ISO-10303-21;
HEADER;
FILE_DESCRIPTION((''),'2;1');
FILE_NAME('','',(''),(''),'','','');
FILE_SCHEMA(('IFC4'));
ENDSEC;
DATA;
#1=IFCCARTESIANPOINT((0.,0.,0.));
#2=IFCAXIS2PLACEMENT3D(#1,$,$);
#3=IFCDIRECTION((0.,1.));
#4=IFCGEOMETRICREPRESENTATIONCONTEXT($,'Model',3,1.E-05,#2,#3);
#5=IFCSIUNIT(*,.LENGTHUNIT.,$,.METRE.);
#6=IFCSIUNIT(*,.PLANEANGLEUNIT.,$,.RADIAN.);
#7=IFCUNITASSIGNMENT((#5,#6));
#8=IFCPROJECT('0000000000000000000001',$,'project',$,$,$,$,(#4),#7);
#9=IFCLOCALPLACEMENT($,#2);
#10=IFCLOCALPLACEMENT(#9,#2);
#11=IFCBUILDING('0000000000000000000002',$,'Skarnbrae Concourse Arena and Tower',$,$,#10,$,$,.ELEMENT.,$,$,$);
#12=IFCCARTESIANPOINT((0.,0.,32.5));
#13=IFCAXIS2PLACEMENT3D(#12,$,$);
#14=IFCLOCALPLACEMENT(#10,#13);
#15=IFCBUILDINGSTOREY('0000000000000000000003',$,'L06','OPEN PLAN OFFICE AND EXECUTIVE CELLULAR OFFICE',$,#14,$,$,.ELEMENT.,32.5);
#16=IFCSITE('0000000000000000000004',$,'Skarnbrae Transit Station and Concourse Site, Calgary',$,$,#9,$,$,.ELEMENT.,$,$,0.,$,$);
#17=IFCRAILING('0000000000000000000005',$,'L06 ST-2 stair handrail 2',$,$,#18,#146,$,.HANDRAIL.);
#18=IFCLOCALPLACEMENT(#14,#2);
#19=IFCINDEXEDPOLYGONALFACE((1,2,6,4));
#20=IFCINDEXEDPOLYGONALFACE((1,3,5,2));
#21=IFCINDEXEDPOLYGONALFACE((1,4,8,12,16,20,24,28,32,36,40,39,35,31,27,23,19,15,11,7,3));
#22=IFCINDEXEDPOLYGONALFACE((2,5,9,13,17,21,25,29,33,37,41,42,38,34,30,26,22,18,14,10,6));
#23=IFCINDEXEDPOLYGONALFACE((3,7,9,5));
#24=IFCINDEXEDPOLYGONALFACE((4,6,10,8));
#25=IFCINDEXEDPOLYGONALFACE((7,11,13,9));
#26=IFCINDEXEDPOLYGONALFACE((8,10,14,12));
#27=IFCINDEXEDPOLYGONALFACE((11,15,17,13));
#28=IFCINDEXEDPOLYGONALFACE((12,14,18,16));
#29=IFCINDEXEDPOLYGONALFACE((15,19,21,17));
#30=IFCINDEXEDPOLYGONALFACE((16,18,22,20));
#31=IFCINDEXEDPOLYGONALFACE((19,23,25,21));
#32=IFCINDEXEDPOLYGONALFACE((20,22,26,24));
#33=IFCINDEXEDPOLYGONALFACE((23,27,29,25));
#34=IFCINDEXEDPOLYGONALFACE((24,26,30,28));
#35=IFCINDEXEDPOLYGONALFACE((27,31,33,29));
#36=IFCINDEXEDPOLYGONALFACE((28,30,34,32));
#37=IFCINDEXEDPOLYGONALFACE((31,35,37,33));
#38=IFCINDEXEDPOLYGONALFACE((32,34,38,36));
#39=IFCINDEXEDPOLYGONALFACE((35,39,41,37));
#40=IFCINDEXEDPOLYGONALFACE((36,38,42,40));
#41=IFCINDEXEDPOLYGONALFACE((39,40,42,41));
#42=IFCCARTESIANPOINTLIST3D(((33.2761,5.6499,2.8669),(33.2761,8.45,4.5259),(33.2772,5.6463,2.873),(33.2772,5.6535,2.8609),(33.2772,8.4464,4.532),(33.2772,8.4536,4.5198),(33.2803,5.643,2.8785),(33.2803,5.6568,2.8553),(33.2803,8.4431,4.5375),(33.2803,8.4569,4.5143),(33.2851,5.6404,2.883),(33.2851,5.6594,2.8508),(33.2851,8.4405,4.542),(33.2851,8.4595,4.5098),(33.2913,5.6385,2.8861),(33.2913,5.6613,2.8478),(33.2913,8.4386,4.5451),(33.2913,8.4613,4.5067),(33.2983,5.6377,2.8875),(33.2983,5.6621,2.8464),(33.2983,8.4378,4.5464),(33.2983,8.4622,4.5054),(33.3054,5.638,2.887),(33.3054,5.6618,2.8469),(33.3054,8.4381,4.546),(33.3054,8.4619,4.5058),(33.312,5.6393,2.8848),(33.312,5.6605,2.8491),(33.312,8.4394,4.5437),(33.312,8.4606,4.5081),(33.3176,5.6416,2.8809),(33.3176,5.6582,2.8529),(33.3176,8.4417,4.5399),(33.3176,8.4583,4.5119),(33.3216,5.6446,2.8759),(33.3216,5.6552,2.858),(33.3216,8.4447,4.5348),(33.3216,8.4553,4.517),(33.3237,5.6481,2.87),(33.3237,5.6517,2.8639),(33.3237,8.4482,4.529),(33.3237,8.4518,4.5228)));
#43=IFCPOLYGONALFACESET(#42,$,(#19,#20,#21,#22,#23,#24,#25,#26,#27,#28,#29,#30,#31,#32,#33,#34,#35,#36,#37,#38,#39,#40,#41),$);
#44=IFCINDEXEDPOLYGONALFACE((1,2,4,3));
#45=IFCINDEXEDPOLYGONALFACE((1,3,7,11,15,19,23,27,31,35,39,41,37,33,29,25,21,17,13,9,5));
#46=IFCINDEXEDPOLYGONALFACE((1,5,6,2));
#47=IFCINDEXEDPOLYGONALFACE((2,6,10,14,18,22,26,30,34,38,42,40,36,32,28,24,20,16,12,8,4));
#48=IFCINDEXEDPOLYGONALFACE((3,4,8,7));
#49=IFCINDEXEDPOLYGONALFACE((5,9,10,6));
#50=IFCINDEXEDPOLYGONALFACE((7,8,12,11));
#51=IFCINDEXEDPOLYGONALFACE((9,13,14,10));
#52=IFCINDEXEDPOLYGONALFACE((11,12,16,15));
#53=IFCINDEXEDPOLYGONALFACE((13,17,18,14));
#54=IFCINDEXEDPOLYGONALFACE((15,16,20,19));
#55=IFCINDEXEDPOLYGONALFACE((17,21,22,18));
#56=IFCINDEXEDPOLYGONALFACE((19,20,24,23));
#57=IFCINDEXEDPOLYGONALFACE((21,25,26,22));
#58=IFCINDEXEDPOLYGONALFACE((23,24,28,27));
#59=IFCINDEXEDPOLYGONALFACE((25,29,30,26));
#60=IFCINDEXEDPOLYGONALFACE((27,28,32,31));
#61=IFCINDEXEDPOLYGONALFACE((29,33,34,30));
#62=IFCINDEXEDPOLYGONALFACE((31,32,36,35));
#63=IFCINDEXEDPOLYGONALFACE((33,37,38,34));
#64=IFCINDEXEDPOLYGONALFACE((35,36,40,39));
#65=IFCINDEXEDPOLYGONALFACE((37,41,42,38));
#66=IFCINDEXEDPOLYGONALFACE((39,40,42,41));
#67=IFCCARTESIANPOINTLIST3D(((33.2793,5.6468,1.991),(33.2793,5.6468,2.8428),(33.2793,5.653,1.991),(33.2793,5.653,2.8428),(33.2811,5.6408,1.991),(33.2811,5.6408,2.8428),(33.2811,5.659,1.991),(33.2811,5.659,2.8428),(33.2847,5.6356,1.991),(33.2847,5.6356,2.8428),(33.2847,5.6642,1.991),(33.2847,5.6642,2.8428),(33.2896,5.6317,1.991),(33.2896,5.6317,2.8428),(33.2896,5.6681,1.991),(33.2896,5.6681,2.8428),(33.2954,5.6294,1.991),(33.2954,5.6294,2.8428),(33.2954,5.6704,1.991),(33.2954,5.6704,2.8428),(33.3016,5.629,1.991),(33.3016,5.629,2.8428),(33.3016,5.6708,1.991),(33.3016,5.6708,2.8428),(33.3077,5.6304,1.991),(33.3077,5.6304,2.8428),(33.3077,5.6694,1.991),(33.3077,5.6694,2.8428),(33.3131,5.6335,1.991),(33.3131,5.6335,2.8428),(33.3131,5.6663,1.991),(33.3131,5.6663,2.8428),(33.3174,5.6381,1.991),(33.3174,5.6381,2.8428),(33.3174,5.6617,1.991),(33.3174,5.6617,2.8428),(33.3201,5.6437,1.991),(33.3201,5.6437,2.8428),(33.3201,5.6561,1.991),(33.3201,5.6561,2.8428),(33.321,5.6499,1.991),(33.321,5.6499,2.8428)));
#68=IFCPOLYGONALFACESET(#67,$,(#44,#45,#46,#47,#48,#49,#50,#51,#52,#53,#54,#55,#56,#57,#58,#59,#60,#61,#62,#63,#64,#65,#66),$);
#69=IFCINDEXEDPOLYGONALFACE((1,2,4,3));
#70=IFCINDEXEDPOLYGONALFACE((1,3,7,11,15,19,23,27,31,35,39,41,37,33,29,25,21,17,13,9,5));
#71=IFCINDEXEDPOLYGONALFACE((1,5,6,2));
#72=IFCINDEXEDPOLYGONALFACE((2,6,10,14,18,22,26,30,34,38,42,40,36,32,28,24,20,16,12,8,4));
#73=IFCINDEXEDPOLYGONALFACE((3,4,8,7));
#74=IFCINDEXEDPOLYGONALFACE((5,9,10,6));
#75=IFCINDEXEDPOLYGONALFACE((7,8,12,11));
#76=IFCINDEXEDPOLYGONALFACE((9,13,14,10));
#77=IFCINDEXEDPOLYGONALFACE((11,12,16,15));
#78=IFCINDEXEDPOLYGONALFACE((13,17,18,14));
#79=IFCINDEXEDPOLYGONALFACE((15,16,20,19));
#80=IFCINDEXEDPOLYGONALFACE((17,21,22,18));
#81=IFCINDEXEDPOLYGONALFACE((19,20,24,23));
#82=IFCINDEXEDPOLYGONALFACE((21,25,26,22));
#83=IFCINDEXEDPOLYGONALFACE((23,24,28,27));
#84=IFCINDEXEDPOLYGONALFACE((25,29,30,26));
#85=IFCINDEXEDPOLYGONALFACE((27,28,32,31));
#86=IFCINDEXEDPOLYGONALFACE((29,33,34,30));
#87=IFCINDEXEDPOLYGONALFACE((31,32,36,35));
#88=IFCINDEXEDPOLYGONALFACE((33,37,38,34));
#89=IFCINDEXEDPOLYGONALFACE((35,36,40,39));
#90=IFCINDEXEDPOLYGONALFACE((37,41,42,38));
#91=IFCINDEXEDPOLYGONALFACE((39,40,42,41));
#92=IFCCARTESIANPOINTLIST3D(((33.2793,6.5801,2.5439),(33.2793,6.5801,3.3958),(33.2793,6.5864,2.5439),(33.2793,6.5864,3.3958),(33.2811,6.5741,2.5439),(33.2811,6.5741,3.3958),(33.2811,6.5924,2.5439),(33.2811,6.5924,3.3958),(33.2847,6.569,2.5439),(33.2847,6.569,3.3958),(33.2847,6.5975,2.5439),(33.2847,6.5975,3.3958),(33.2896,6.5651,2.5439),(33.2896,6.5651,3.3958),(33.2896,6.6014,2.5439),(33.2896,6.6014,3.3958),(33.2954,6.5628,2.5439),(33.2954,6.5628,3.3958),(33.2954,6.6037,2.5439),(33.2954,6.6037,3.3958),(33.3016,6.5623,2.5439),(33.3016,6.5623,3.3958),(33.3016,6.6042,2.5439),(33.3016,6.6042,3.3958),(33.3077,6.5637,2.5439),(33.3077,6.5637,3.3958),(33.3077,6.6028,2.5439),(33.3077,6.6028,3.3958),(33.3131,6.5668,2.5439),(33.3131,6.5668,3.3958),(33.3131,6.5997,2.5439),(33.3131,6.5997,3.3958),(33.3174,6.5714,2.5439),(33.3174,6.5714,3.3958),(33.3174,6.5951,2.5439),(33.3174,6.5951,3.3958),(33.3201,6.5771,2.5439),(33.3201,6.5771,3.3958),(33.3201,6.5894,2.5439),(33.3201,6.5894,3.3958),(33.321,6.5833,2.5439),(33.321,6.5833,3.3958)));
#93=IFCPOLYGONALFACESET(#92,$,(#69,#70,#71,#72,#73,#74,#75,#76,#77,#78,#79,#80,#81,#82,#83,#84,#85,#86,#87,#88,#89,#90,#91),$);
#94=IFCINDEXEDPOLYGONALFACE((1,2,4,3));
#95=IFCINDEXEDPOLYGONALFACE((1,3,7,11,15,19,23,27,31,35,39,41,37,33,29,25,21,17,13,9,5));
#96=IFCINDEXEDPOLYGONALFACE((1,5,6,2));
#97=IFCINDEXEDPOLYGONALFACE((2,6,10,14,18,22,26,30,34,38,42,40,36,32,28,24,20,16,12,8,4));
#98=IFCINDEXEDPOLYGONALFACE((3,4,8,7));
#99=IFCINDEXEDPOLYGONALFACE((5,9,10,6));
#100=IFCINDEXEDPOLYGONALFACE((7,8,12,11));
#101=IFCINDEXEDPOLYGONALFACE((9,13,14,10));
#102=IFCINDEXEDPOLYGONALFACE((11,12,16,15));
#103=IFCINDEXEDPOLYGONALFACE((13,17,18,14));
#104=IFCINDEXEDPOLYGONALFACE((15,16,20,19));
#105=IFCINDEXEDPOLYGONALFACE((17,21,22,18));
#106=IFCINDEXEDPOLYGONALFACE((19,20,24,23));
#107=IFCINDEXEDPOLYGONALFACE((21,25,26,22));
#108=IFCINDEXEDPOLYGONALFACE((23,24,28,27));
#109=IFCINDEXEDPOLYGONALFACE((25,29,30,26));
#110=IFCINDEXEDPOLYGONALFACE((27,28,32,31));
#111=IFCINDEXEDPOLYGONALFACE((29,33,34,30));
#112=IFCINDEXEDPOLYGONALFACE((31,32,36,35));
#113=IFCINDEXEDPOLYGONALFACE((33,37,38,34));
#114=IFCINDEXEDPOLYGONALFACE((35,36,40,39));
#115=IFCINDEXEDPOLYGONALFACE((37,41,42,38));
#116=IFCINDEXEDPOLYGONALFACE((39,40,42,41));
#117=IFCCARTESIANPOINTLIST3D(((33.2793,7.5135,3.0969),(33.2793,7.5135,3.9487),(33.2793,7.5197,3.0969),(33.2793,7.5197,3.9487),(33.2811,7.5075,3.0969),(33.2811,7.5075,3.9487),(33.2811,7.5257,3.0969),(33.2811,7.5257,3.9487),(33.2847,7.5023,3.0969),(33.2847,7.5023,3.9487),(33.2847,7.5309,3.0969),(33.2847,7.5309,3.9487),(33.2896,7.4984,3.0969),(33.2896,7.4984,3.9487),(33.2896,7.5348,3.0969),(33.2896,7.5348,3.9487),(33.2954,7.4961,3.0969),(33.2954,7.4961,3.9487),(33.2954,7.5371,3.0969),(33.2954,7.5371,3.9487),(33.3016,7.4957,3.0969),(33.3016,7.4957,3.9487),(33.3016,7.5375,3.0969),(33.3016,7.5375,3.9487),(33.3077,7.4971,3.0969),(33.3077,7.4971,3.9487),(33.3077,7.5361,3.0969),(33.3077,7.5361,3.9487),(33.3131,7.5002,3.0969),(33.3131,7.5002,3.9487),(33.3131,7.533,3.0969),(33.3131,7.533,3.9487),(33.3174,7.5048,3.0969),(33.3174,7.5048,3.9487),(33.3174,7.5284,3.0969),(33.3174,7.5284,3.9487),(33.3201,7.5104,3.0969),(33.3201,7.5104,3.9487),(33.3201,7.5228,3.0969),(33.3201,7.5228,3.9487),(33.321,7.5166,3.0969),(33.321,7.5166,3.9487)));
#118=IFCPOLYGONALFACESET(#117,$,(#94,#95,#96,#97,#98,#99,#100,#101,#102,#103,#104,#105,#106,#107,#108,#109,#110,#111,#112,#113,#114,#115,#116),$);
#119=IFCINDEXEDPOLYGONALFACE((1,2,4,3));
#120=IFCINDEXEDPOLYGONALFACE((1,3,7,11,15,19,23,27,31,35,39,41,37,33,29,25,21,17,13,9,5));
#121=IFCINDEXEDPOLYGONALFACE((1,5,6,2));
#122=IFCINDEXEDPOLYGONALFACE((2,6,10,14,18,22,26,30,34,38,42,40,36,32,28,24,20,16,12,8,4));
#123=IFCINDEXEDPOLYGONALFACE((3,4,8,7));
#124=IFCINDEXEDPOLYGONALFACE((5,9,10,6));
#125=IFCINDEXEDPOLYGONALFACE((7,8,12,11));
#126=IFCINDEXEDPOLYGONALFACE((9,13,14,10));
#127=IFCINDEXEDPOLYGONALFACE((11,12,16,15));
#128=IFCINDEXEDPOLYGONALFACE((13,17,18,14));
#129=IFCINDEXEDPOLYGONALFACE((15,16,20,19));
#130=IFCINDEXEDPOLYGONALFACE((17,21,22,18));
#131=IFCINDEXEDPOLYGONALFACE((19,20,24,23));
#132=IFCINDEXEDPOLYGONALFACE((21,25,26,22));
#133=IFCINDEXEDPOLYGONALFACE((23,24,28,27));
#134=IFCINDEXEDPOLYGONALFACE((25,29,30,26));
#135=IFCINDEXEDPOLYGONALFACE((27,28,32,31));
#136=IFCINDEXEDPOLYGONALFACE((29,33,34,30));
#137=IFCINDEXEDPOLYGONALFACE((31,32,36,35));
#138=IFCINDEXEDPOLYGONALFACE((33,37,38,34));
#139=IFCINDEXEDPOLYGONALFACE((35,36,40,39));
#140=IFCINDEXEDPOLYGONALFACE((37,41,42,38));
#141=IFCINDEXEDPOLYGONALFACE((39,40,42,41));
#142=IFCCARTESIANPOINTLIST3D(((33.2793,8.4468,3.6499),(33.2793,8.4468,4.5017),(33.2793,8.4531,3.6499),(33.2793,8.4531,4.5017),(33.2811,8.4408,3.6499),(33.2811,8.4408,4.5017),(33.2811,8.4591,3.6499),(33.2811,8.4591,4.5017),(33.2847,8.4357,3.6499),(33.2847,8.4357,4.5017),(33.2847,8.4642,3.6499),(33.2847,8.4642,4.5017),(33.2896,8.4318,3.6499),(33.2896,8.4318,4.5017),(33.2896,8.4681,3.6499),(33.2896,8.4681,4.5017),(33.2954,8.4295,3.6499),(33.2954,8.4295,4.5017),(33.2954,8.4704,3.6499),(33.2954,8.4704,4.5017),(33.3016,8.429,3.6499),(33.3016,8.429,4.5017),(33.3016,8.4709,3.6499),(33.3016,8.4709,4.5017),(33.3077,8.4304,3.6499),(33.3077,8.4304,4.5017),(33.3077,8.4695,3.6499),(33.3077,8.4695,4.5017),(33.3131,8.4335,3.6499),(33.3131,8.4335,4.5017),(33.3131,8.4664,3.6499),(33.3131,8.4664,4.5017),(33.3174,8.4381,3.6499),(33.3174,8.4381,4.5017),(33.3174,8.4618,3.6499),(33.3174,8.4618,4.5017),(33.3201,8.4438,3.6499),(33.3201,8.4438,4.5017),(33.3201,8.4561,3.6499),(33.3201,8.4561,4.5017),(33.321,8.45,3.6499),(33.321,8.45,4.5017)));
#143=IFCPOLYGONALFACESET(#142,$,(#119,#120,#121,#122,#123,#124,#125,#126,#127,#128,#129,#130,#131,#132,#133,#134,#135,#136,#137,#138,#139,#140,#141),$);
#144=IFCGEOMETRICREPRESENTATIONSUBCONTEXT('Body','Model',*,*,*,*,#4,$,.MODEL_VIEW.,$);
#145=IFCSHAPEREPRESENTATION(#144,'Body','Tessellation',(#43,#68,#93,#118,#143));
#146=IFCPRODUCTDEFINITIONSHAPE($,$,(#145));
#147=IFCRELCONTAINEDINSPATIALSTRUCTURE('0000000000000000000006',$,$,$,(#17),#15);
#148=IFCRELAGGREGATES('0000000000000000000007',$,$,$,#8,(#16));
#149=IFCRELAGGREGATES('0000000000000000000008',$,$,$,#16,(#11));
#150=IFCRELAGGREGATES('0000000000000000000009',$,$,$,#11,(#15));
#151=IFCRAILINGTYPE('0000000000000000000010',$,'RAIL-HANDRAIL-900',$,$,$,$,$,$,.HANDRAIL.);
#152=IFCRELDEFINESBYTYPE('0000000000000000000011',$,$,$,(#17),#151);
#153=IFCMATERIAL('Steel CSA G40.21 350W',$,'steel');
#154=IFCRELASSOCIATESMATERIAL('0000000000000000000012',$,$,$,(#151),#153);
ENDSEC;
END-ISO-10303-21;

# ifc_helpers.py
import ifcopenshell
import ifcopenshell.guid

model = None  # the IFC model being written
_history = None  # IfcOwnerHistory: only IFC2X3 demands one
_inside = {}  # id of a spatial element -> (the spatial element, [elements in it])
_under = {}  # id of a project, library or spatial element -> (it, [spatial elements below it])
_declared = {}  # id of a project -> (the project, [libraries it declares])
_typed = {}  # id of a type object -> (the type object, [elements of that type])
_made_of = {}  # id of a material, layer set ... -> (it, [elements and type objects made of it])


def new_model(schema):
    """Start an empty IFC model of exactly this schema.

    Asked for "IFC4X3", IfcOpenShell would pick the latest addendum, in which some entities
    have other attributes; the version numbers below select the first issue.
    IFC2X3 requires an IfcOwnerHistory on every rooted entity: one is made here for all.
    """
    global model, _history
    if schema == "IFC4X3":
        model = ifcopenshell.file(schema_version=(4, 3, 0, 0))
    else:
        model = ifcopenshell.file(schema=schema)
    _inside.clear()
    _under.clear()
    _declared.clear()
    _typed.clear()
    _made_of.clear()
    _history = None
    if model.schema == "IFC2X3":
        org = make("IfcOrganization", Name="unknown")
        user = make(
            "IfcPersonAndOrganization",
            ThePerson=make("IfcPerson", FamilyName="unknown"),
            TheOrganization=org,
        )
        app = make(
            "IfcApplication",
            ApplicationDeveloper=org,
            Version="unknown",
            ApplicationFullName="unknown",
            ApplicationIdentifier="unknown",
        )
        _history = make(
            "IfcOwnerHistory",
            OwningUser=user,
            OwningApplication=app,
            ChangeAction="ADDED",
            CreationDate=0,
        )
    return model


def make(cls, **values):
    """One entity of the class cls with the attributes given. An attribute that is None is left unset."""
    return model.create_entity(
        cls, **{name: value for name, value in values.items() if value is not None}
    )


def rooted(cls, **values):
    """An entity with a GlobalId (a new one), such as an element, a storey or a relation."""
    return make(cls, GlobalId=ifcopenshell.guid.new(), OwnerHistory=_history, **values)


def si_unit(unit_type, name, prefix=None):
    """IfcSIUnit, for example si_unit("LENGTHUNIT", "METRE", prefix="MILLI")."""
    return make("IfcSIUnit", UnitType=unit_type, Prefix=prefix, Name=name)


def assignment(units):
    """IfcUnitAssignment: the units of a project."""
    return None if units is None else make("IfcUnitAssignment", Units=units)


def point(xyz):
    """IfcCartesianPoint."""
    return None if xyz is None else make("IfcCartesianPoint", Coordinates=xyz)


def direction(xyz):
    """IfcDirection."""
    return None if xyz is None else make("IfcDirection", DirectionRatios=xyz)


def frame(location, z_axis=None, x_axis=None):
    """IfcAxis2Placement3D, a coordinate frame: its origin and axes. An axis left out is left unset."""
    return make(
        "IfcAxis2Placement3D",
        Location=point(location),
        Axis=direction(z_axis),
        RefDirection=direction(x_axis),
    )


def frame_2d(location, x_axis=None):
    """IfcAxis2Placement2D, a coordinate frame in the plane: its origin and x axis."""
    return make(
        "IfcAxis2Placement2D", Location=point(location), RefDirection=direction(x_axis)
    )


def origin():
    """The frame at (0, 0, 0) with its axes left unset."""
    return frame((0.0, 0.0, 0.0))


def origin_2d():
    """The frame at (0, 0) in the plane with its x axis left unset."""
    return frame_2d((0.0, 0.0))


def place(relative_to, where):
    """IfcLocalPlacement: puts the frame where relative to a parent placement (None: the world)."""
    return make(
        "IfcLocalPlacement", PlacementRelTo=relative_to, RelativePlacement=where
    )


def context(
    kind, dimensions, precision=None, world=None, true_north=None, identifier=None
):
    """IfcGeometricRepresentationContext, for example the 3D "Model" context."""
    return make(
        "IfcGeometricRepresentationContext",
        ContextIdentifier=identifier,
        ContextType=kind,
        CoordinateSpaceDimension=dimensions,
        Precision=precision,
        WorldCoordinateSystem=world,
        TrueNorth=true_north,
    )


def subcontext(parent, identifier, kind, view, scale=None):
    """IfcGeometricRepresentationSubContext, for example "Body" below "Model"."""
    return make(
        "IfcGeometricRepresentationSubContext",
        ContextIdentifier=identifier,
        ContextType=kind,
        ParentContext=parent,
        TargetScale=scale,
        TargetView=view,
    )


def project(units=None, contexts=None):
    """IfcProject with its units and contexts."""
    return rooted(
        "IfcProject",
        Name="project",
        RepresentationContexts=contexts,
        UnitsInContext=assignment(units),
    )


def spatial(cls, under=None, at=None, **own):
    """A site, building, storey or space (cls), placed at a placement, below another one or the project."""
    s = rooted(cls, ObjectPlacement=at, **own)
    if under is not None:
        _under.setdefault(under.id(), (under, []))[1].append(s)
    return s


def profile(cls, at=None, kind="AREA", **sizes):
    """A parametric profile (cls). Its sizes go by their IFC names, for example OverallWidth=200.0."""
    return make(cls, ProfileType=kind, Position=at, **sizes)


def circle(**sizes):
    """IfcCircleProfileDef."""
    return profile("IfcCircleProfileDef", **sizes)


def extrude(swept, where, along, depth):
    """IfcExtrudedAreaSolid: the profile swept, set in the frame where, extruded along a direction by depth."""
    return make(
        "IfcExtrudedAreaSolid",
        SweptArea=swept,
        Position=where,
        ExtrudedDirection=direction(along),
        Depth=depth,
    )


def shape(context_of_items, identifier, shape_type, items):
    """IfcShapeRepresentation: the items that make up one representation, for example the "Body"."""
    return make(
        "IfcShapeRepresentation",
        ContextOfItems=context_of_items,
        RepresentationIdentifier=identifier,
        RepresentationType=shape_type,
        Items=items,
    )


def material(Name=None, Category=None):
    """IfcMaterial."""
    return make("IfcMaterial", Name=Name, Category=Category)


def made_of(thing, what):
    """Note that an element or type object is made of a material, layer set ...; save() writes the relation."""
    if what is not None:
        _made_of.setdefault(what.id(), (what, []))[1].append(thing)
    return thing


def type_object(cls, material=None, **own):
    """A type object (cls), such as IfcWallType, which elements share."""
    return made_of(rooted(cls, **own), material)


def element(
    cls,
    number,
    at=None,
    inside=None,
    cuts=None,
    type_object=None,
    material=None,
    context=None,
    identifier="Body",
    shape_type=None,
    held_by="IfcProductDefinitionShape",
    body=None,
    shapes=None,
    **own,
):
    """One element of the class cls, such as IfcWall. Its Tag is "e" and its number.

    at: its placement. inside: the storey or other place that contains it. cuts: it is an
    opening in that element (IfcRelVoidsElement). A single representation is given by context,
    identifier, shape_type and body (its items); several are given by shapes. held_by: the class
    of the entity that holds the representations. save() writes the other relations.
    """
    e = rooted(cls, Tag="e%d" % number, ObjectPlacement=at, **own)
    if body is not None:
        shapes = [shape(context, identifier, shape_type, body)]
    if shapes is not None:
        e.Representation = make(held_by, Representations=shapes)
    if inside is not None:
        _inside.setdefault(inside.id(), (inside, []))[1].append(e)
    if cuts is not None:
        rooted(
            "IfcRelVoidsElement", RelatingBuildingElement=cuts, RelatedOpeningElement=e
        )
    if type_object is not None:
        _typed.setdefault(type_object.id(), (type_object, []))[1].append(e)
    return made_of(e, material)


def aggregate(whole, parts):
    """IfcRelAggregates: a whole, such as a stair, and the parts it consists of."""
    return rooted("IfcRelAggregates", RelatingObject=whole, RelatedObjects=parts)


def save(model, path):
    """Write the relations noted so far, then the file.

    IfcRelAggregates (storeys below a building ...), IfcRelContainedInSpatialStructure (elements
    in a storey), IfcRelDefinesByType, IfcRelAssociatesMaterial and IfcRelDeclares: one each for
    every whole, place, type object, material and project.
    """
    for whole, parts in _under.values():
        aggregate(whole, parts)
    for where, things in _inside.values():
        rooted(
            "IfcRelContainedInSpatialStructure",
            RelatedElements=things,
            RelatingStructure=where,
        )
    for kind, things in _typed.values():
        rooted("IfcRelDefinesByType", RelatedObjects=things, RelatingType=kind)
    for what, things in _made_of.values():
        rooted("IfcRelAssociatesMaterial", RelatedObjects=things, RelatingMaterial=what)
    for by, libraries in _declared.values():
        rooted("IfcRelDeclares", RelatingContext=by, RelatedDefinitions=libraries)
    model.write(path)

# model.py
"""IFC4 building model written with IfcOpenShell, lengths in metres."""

from ifc_helpers import new_model, si_unit, direction, frame, origin, origin_2d, place, context, subcontext, project, spatial, circle, extrude, material, type_object, element, save


model = new_model("IFC4")

# Units and contexts
model_context = context("Model", 3, precision=1e-05, world=origin(), true_north=direction((0.0, 1.0)))
body_context = subcontext(model_context, "Body", "Model", "MODEL_VIEW")
ifc_project = project(units=[si_unit("LENGTHUNIT", "METRE"), si_unit("PLANEANGLEUNIT", "RADIAN")], contexts=[model_context])

# Site, building, storey
site_placement = place(None, origin())
site = spatial("IfcSite", under=ifc_project, at=site_placement, Name="Skarnbrae Transit Station and Concourse Site, Calgary", CompositionType="ELEMENT", RefElevation=0.0)
building_placement = place(site_placement, origin())
building = spatial("IfcBuilding", under=site, at=building_placement, Name="Skarnbrae Concourse Arena and Tower", CompositionType="ELEMENT")
storey_placement = place(building_placement, frame((0.0, 0.0, 32.5)))
storey = spatial("IfcBuildingStorey", under=building, at=storey_placement, Name="L06", Description="OPEN PLAN OFFICE AND EXECUTIVE CELLULAR OFFICE", CompositionType="ELEMENT", Elevation=32.5)

# Shared definitions
ifc_material_1 = material(Name="Steel CSA G40.21 350W", Category="steel")

# Railing
railing_type_1 = type_object("IfcRailingType", Name="RAIL-HANDRAIL-900", PredefinedType="HANDRAIL", material=ifc_material_1)
railing_1_placement = place(storey_placement, frame((33.3, 5.6499, 1.991)))
element("IfcRailing", 1, at=railing_1_placement, inside=storey, type_object=railing_type_1, Name="L06 ST-2 stair handrail 2", PredefinedType="HANDRAIL", context=body_context, shape_type="SweptSolid", body=[
    extrude(circle(Radius=0.0239, at=origin_2d()), frame((0.0, 0.0, 0.876), z_axis=(0.0, 0.860339, 0.509722), x_axis=(-1.0, 0.0, 0.0)), (0.0, 0.0, 1.0), 3.2546),
    extrude(circle(Radius=0.021, at=origin_2d()), origin(), (0.0, 0.0, 1.0), 0.8518),
    extrude(circle(Radius=0.021, at=origin_2d()), frame((0.0, 0.9333, 0.553)), (0.0, 0.0, 1.0), 0.8518),
    extrude(circle(Radius=0.021, at=origin_2d()), frame((0.0, 1.8667, 1.106)), (0.0, 0.0, 1.0), 0.8518),
    extrude(circle(Radius=0.021, at=origin_2d()), frame((0.0, 2.8, 1.6589)), (0.0, 0.0, 1.0), 0.8518),
])

save(model, "model.ifc")
